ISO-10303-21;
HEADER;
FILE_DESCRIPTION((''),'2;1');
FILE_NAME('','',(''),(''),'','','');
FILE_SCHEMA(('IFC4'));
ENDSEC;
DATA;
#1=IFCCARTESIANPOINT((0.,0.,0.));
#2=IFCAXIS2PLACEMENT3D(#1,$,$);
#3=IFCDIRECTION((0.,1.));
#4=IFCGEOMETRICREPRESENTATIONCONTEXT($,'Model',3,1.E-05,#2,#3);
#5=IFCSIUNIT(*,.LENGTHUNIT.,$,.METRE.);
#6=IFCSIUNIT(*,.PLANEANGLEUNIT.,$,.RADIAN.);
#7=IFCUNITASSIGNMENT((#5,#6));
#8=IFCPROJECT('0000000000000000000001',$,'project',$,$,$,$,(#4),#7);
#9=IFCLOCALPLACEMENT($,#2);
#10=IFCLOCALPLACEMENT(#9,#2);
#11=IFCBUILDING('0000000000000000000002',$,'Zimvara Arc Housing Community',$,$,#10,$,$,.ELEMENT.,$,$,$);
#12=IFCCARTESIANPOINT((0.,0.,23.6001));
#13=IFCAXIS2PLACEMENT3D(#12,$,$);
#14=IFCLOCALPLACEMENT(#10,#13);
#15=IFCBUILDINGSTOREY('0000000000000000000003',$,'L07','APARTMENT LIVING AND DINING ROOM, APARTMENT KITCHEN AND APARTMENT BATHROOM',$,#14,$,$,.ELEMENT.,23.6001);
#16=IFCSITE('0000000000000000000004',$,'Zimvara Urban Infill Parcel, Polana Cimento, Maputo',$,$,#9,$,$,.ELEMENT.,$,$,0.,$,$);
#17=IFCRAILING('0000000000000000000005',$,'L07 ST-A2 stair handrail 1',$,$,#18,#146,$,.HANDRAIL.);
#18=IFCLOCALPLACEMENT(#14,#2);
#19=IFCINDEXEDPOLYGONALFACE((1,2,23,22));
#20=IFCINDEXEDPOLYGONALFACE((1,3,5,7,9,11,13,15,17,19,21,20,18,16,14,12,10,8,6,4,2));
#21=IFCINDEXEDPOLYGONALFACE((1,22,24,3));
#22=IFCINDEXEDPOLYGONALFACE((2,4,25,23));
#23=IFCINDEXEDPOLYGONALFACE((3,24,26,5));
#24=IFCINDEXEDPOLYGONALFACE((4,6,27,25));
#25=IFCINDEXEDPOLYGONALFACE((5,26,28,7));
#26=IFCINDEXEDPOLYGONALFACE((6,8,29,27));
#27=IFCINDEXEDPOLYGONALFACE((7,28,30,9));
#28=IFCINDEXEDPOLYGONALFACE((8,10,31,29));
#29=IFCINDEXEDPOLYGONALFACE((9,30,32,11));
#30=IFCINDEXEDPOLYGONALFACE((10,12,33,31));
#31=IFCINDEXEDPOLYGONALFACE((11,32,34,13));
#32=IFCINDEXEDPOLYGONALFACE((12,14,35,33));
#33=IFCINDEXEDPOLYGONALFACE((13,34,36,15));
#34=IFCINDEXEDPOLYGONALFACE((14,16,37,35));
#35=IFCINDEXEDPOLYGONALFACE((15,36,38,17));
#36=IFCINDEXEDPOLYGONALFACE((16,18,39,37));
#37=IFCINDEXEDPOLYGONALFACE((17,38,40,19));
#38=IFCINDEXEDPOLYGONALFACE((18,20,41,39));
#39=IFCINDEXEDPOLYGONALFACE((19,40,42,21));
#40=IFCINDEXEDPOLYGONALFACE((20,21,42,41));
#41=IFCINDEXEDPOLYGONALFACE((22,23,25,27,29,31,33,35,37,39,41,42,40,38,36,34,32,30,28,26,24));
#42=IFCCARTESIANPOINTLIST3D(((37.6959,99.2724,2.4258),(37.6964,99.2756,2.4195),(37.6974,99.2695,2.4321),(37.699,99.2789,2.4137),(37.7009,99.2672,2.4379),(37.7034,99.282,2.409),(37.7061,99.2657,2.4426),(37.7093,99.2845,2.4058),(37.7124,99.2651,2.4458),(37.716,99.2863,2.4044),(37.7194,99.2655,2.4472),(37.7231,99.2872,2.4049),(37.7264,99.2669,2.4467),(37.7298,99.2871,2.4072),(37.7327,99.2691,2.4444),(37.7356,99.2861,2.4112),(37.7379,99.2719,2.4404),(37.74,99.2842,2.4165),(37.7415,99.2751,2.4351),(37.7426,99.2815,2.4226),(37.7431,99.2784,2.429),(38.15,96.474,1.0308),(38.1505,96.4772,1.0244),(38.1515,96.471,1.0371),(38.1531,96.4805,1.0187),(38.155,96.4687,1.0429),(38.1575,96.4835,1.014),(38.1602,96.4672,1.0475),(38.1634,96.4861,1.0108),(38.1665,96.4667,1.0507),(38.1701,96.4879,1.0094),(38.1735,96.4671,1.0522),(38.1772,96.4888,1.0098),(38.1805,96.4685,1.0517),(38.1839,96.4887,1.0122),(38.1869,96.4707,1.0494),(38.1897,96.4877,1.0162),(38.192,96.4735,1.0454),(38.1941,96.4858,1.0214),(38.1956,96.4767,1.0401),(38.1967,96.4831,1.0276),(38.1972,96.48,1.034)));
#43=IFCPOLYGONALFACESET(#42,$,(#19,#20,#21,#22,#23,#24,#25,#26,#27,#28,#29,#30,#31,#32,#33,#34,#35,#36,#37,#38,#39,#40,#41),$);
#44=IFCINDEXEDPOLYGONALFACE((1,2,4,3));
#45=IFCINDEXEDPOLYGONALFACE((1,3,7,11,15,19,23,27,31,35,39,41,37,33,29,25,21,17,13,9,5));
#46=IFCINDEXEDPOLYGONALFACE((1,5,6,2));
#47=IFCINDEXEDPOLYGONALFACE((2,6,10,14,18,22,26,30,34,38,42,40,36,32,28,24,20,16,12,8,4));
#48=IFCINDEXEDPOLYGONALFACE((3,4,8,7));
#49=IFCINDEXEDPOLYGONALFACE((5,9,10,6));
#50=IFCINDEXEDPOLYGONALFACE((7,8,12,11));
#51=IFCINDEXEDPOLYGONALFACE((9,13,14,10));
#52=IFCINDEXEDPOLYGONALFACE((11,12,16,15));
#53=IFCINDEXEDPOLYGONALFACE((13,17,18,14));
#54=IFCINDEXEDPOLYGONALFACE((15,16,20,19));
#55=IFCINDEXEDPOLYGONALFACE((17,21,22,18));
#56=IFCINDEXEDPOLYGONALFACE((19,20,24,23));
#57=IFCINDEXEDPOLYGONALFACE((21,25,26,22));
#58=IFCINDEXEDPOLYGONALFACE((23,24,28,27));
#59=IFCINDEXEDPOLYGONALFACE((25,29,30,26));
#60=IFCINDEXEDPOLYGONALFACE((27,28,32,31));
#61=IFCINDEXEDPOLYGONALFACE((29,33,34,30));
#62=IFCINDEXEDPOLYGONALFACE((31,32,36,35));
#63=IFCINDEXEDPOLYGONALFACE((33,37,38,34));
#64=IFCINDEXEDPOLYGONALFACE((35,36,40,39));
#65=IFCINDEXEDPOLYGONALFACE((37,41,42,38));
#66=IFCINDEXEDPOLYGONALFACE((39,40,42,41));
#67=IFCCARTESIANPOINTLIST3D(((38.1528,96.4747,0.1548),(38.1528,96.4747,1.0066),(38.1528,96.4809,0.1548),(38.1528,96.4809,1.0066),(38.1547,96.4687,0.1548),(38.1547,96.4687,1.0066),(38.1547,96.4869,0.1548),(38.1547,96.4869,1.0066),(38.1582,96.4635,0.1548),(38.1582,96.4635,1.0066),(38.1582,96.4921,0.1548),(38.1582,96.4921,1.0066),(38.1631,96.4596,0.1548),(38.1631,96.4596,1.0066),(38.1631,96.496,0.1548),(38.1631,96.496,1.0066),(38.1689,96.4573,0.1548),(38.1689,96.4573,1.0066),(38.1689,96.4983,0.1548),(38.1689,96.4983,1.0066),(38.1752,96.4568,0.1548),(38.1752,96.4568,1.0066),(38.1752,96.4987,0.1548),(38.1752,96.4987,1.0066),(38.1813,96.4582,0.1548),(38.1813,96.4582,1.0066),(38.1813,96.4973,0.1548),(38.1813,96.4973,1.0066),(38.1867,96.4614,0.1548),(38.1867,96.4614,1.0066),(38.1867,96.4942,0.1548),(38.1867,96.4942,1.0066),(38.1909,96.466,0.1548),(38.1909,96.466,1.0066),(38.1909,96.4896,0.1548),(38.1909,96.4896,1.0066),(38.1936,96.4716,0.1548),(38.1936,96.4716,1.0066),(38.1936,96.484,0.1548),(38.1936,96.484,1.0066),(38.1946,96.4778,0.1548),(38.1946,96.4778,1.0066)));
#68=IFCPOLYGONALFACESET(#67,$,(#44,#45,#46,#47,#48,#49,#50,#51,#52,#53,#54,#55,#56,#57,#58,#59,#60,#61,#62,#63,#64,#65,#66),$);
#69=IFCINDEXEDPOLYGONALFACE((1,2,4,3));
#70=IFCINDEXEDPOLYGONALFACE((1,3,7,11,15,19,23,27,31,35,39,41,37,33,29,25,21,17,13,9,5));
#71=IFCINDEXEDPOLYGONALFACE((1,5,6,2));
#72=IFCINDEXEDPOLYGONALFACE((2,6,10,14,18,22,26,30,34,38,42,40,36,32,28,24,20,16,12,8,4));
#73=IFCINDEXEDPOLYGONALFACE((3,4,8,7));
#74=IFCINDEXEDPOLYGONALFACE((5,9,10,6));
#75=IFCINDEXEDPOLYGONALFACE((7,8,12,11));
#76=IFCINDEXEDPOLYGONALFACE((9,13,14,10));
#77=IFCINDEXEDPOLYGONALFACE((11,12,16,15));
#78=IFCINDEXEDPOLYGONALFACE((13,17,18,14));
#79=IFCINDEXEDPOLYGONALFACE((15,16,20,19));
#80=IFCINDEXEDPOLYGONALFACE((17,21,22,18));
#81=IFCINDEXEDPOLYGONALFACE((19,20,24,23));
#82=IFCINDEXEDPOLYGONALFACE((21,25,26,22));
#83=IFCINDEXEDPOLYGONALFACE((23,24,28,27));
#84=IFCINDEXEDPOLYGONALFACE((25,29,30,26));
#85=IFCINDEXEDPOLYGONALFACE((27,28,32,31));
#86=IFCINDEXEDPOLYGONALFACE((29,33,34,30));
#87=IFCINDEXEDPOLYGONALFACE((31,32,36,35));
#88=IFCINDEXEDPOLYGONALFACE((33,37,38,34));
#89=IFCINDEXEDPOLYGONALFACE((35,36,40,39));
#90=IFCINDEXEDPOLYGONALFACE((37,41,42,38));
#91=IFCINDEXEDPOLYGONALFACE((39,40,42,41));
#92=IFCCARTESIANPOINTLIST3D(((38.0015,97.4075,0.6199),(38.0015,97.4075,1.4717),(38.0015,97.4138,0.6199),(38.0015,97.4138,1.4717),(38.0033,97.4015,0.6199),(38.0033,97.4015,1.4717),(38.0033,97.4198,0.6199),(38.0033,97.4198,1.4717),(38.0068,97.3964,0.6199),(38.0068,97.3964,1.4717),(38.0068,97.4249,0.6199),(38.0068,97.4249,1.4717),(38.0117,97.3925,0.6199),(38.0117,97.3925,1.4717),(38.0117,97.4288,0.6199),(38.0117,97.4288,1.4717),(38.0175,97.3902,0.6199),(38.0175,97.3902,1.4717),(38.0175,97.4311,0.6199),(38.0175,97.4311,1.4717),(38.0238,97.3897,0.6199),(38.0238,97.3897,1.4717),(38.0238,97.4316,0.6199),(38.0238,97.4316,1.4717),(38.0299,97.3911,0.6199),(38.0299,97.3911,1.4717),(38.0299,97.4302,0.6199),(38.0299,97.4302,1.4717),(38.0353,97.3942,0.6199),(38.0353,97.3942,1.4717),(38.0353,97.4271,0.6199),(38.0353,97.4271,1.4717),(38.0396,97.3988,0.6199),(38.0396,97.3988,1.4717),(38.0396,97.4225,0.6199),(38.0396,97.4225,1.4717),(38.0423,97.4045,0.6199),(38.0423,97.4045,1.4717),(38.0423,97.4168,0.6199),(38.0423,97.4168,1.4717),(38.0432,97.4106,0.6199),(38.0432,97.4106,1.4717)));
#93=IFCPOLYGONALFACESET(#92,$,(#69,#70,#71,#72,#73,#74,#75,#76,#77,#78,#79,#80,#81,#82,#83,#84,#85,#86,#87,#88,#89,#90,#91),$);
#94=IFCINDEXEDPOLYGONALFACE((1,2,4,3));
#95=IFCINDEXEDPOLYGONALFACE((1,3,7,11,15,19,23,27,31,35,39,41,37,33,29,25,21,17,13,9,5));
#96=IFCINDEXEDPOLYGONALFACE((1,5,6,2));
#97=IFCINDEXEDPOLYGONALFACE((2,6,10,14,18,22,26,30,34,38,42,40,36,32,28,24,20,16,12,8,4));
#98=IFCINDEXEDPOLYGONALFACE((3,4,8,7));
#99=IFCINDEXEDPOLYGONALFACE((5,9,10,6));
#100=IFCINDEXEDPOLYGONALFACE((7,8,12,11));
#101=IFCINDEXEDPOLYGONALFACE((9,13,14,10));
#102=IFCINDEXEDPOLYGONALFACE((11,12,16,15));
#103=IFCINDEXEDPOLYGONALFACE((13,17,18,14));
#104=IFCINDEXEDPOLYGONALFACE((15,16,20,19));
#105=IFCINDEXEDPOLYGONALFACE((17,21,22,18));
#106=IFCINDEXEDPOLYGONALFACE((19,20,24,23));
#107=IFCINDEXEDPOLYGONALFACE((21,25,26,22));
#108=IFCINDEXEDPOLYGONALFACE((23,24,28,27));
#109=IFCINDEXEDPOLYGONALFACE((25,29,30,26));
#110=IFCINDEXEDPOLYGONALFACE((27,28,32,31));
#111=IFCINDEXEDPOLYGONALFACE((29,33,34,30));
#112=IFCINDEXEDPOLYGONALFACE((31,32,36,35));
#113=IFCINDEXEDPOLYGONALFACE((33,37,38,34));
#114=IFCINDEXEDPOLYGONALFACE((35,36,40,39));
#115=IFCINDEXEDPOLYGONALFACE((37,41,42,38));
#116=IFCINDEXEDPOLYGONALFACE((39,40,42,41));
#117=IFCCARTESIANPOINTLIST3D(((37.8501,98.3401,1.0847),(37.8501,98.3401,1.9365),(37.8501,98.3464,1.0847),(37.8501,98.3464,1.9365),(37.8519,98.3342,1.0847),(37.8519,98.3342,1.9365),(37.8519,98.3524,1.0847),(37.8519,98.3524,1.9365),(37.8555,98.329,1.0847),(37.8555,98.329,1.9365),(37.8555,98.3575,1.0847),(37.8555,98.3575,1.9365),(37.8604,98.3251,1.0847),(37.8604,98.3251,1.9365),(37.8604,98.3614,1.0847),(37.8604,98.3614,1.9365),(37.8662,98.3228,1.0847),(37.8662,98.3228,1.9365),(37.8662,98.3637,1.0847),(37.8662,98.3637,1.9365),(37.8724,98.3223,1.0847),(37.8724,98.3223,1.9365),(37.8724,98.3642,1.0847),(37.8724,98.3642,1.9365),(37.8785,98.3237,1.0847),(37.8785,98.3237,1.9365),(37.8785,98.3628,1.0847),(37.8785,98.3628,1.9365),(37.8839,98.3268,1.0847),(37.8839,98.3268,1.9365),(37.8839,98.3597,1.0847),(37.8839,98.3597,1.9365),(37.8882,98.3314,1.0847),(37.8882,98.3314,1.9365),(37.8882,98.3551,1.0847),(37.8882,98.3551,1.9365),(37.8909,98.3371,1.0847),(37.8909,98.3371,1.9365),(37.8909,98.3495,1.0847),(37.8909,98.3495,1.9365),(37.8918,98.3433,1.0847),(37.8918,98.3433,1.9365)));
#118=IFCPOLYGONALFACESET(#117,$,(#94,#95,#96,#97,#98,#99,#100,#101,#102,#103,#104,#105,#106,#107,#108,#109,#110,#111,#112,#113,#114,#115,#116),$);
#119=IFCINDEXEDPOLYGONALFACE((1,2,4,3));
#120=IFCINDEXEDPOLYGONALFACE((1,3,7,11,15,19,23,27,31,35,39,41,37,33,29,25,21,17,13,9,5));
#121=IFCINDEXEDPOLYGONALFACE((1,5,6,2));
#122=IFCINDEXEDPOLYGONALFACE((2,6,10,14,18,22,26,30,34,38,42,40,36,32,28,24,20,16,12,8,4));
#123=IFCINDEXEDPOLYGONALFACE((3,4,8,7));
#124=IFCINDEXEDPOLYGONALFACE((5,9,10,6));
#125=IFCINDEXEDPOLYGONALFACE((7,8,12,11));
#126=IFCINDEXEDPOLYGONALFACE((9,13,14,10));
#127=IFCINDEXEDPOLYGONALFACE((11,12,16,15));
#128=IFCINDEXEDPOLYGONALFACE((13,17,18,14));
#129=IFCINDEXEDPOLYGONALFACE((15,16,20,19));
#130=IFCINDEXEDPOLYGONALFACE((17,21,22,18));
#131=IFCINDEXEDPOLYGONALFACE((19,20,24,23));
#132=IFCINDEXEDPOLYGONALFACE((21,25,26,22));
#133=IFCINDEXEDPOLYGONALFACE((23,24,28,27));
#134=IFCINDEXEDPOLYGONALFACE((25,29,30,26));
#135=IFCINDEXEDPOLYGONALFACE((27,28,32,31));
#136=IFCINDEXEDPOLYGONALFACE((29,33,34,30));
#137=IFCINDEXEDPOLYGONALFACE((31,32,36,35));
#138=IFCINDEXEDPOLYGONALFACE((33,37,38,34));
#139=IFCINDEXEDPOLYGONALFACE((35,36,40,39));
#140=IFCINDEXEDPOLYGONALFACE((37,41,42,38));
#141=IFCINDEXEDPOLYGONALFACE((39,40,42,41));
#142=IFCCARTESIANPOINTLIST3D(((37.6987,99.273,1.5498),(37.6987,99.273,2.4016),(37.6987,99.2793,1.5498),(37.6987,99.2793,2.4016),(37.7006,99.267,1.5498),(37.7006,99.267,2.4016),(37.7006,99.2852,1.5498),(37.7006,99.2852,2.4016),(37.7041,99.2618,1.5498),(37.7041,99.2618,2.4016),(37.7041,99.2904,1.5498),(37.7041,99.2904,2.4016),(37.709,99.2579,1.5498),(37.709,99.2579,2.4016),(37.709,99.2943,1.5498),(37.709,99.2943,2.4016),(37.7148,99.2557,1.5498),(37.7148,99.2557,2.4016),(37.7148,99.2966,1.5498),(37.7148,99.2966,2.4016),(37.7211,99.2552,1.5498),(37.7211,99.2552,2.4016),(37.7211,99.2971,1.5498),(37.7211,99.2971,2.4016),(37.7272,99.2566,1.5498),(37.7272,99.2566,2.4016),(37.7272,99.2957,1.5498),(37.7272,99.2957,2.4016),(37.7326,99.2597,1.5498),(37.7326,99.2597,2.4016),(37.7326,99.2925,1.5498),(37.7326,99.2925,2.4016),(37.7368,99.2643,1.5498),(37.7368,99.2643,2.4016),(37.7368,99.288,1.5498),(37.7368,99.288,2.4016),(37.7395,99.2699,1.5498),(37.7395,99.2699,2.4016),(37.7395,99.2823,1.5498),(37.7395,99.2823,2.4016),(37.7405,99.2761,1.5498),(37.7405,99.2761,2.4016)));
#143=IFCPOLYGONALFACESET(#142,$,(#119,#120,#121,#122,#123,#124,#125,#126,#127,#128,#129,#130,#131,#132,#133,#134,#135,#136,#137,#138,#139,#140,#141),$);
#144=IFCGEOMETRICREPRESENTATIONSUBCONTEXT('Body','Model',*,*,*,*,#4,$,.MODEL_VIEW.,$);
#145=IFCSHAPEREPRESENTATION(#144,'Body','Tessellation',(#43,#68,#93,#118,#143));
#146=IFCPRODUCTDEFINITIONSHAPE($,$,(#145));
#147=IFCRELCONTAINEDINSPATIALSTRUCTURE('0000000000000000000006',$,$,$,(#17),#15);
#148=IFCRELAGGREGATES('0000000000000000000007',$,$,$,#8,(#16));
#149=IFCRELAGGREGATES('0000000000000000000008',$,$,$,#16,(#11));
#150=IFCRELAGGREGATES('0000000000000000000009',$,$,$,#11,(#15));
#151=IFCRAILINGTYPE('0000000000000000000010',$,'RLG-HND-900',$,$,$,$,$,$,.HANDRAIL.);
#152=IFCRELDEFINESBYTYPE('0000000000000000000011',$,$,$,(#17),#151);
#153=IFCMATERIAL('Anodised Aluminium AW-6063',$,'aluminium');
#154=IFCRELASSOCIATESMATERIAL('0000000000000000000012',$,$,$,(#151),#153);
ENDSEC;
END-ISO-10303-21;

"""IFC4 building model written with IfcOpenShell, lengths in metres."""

from ifc_helpers import new_model, si_unit, direction, frame, origin, origin_2d, place, context, subcontext, project, spatial, circle, extrude, material, type_object, element, save


model = new_model("IFC4")

# Units and contexts
model_context = context("Model", 3, precision=1e-05, world=origin(), true_north=direction((0.0, 1.0)))
body_context = subcontext(model_context, "Body", "Model", "MODEL_VIEW")
ifc_project = project(units=[si_unit("LENGTHUNIT", "METRE"), si_unit("PLANEANGLEUNIT", "RADIAN")], contexts=[model_context])

# Site, building, storey
site_placement = place(None, origin())
site = spatial("IfcSite", under=ifc_project, at=site_placement, Name="Zimvara Urban Infill Parcel, Polana Cimento, Maputo", CompositionType="ELEMENT", RefElevation=0.0)
building_placement = place(site_placement, origin())
building = spatial("IfcBuilding", under=site, at=building_placement, Name="Zimvara Arc Housing Community", CompositionType="ELEMENT")
storey_placement = place(building_placement, frame((0.0, 0.0, 23.6001)))
storey = spatial("IfcBuildingStorey", under=building, at=storey_placement, Name="L07", Description="APARTMENT LIVING AND DINING ROOM, APARTMENT KITCHEN AND APARTMENT BATHROOM", CompositionType="ELEMENT", Elevation=23.6001)

# Railing
ifc_material_1 = material(Name="Anodised Aluminium AW-6063", Category="aluminium")
railing_type_1 = type_object("IfcRailingType", Name="RLG-HND-900", PredefinedType="HANDRAIL", material=ifc_material_1)
railing_1_placement = place(storey_placement, frame((38.1736, 96.4778, 0.1548)))
element("IfcRailing", 1, at=railing_1_placement, inside=storey, type_object=railing_type_1, Name="L07 ST-A2 stair handrail 1", PredefinedType="HANDRAIL", context=body_context, shape_type="SweptSolid", body=[
    extrude(circle(Radius=0.0239, at=origin_2d()), frame((0.0, 0.0, 0.876), z_axis=(-0.143722, 0.885666, 0.44152), x_axis=(-0.987088, -0.16018, 0.0)), (0.0, 0.0, 1.0), 3.1597),
    extrude(circle(Radius=0.021, at=origin_2d()), origin(), (0.0, 0.0, 1.0), 0.8518),
    extrude(circle(Radius=0.021, at=origin_2d()), frame((-0.1514, 0.9329, 0.4651)), (0.0, 0.0, 1.0), 0.8518),
    extrude(circle(Radius=0.021, at=origin_2d()), frame((-0.3027, 1.8655, 0.9299)), (0.0, 0.0, 1.0), 0.8518),
    extrude(circle(Radius=0.021, at=origin_2d()), frame((-0.4541, 2.7983, 1.395)), (0.0, 0.0, 1.0), 0.8518),
])

save(model, "model.ifc")
